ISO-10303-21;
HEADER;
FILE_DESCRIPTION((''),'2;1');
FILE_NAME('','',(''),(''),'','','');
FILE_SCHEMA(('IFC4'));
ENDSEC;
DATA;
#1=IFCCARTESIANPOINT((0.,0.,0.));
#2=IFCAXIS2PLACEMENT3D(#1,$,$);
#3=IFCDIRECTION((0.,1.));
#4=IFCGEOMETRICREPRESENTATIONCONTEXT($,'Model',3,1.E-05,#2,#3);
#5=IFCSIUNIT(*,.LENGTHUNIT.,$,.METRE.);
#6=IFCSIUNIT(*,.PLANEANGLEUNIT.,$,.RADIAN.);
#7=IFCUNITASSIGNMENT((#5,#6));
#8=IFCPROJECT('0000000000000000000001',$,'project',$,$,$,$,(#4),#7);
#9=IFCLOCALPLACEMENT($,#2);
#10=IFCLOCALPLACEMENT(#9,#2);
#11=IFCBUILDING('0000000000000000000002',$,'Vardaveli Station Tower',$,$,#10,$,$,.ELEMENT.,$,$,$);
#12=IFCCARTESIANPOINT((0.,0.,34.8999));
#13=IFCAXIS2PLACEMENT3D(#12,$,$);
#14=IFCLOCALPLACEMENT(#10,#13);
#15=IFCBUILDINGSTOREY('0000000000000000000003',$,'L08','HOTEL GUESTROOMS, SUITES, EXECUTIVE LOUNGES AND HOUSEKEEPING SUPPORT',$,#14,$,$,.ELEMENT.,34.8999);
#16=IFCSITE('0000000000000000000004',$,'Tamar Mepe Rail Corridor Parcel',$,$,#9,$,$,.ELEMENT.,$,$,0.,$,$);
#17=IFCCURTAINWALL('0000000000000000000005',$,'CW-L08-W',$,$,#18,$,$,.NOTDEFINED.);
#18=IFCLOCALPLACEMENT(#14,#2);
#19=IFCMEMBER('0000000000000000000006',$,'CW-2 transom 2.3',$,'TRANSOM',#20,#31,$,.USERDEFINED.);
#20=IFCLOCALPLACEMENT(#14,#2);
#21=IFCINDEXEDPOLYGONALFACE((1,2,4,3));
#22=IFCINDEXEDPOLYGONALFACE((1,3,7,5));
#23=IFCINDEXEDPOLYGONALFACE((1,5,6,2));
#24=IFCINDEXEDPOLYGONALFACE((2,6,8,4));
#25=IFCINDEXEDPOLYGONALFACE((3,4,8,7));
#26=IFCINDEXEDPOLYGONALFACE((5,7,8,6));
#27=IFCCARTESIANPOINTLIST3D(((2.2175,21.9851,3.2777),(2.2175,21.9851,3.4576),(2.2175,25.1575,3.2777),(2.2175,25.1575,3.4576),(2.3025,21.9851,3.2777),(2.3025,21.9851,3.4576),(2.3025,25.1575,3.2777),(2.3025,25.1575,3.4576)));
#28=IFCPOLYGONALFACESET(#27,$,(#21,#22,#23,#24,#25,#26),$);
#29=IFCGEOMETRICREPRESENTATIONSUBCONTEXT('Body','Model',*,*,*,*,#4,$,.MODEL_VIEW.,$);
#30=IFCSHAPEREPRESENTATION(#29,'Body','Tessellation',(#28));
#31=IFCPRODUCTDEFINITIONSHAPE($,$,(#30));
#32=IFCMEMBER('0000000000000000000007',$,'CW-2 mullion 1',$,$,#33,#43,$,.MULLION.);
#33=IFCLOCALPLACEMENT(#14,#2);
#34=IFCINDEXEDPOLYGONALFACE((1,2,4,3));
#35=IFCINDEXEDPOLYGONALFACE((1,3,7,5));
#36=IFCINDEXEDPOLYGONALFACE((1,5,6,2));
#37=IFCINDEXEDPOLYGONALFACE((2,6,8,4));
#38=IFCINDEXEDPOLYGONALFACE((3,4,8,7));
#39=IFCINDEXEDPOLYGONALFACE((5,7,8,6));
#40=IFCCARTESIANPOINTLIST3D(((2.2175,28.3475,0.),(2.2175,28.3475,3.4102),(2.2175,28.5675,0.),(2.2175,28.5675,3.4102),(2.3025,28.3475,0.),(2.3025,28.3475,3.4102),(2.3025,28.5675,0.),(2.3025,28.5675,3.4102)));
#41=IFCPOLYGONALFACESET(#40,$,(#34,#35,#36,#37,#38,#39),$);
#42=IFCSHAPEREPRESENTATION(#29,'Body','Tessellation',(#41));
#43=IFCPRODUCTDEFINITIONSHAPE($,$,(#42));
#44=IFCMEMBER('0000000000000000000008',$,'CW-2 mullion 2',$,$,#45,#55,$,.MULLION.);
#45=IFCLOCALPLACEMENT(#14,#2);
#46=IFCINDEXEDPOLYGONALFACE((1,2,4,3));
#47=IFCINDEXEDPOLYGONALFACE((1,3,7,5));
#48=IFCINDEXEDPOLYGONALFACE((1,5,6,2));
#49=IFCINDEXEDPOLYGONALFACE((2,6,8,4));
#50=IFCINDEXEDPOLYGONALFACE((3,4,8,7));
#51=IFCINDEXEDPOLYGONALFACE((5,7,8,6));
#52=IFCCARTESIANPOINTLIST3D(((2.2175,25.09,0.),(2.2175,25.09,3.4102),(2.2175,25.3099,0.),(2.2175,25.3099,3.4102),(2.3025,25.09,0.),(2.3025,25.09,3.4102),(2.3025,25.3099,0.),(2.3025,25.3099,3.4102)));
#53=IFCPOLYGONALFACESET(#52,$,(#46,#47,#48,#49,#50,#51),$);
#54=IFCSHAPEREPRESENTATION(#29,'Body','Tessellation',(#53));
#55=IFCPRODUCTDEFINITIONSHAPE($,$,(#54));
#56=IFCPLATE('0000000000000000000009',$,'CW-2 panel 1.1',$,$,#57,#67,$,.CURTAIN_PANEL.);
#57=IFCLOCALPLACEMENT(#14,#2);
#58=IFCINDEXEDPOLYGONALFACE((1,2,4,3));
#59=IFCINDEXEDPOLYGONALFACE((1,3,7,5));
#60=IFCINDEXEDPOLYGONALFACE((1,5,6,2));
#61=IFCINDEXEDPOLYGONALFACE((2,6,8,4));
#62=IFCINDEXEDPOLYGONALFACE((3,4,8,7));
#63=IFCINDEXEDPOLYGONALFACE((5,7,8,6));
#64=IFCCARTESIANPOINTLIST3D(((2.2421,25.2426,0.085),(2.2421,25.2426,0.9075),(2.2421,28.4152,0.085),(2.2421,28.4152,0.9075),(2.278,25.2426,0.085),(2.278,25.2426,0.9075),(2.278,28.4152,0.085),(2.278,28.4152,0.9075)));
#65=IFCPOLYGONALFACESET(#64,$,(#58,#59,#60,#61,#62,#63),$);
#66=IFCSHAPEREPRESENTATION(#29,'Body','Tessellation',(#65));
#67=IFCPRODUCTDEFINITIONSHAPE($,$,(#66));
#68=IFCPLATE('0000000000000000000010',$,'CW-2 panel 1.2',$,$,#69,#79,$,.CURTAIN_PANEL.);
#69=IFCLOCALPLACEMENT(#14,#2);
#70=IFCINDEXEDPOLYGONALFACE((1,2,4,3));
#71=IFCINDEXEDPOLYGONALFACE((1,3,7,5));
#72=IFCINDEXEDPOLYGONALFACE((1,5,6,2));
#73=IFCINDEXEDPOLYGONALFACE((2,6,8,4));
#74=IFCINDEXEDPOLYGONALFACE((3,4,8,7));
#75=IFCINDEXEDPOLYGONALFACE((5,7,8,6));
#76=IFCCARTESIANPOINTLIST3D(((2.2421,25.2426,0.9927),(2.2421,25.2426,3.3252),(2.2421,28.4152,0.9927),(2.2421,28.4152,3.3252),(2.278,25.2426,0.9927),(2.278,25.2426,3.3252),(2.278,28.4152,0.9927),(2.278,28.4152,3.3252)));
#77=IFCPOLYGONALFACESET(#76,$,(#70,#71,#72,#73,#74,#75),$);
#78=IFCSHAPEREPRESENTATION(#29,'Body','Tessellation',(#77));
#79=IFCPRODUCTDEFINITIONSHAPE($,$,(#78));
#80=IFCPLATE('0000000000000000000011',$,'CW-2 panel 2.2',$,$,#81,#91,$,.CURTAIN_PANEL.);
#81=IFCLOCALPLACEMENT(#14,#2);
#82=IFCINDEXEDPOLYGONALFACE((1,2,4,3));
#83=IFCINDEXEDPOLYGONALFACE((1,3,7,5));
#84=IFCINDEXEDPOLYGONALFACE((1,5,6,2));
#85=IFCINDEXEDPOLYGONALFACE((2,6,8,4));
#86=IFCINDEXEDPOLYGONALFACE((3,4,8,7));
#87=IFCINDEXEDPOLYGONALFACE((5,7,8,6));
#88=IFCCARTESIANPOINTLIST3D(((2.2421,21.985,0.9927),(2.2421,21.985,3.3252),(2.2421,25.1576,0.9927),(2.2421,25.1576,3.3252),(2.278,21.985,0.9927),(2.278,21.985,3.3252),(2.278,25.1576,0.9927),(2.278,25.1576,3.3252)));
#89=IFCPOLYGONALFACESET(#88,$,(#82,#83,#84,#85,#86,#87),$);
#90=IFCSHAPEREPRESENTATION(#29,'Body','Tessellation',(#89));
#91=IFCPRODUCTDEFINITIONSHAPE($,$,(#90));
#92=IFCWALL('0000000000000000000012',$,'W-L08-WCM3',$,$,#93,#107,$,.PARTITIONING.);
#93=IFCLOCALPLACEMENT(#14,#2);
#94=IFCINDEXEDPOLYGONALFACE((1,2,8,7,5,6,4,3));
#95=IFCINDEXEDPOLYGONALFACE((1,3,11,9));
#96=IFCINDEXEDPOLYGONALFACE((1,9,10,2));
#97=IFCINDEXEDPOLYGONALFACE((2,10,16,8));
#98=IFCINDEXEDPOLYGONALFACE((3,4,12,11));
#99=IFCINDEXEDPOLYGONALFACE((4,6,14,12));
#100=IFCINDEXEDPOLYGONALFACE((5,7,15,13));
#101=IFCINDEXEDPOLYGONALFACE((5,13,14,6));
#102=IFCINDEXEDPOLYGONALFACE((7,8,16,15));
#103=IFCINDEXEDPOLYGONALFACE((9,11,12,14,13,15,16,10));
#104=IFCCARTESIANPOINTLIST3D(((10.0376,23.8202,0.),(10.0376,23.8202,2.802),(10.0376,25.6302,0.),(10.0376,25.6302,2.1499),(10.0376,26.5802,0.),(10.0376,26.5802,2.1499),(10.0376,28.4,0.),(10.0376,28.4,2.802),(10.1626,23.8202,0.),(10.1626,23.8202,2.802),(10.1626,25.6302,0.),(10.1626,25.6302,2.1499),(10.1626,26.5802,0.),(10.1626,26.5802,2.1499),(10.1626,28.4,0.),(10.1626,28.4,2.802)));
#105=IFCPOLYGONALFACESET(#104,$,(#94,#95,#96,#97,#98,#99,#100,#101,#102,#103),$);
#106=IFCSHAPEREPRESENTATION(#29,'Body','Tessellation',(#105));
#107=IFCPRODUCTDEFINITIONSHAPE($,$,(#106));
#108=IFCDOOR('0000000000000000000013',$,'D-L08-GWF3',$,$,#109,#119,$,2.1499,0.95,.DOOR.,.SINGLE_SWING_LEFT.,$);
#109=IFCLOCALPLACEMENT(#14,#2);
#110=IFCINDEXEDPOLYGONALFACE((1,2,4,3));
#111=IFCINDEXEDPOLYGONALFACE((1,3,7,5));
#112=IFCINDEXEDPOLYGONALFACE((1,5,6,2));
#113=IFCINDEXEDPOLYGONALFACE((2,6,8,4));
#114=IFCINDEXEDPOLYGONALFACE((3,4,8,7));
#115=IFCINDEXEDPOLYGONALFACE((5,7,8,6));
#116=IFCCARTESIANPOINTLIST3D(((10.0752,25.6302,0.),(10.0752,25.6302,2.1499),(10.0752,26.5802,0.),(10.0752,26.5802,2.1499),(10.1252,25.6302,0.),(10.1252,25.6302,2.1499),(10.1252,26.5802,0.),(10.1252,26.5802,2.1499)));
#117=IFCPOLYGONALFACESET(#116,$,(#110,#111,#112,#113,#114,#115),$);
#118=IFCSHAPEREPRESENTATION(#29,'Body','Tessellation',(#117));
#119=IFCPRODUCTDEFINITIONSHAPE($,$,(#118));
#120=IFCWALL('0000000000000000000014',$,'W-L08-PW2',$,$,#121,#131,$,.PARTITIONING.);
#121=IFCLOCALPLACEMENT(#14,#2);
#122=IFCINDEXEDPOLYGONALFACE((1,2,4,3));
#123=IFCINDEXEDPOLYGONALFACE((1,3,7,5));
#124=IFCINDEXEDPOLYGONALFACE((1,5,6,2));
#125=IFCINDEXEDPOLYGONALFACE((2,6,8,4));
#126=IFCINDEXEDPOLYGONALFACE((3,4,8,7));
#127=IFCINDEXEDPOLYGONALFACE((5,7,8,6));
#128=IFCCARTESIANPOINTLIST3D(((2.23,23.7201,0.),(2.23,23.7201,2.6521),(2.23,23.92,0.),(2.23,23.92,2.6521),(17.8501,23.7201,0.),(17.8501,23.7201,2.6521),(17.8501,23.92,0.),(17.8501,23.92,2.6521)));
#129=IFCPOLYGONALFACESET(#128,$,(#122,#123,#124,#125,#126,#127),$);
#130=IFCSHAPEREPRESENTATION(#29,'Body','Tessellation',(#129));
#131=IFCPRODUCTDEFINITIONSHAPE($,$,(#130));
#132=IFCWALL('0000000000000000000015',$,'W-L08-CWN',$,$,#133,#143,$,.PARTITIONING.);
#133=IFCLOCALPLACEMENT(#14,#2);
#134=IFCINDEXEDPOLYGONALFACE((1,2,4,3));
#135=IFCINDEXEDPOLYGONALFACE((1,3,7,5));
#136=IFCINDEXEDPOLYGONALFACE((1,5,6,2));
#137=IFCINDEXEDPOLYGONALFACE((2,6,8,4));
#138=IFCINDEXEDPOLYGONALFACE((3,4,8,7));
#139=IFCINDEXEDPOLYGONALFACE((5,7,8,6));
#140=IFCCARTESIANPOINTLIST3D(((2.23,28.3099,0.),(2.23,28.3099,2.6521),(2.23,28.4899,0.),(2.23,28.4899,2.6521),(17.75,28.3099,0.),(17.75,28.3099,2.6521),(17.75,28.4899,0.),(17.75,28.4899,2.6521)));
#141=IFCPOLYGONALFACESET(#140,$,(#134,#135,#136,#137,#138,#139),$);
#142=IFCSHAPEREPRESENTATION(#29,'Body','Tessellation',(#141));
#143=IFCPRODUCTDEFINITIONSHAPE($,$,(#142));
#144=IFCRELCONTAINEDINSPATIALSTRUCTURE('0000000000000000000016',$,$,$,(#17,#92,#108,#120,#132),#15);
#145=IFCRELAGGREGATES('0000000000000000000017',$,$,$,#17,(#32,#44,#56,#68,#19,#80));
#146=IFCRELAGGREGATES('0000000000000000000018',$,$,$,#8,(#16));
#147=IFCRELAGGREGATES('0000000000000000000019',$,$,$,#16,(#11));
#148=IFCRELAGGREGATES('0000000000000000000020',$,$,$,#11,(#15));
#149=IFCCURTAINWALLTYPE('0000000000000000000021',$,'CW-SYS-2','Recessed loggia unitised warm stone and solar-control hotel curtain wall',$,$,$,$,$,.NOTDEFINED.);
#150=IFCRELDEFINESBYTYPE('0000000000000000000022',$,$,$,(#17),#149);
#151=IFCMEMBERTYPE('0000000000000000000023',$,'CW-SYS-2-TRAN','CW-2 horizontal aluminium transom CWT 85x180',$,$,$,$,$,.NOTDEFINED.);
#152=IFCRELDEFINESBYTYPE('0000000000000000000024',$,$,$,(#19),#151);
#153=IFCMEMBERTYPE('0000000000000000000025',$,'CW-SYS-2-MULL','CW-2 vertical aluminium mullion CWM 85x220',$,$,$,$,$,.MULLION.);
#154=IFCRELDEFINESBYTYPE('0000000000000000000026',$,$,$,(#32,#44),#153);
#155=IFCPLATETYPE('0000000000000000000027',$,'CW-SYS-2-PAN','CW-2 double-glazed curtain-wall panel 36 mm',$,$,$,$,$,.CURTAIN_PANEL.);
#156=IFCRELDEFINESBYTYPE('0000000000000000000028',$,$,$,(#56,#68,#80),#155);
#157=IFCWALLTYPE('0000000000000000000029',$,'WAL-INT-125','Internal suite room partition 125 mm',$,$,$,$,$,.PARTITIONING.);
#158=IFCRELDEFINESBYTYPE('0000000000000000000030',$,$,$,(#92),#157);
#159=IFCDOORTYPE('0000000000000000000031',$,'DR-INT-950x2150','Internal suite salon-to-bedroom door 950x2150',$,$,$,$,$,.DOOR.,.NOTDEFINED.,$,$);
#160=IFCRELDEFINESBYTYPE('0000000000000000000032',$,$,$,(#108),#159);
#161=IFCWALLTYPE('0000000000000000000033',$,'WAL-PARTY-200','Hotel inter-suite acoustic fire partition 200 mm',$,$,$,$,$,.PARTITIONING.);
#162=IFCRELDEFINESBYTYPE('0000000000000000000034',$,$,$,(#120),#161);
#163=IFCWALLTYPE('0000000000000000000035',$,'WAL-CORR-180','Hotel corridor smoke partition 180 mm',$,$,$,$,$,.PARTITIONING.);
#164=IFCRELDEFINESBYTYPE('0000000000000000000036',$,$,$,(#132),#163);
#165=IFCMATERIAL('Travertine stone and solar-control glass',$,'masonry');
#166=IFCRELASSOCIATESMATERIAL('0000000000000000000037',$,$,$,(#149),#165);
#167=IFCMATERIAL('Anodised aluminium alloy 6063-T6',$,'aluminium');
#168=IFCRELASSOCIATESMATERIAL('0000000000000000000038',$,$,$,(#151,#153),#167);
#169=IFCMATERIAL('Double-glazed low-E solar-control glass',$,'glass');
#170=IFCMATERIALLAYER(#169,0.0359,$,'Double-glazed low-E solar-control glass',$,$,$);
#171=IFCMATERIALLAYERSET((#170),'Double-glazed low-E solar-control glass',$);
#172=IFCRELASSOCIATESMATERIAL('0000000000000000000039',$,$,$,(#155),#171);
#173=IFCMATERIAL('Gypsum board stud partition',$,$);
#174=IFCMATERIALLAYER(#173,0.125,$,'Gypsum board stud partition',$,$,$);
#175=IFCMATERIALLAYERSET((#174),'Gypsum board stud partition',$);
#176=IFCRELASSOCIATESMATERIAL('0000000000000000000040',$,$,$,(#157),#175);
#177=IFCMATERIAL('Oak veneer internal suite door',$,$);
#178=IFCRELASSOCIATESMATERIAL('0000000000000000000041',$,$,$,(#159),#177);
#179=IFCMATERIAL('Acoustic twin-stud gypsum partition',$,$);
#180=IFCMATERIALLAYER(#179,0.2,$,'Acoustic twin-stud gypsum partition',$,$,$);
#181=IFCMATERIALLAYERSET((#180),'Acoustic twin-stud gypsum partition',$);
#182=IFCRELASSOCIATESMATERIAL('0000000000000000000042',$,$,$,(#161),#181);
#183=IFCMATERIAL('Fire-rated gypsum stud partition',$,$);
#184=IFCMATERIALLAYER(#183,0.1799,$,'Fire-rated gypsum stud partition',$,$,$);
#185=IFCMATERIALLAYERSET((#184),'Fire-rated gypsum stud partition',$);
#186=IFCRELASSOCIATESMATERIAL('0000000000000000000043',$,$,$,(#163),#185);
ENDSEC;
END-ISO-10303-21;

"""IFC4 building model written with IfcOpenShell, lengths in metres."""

from ifc_helpers import new_model, si_unit, direction, frame, frame_2d, origin, origin_2d, place, context, subcontext, project, spatial, rectangle, extrude, source, transform, mapped, material, layer, layer_set, material_profile, profile_set, type_object, element, fill, aggregate, save


model = new_model("IFC4")

# Units and contexts
model_context = context("Model", 3, precision=1e-05, world=origin(), true_north=direction((0.0, 1.0)))
body_context = subcontext(model_context, "Body", "Model", "MODEL_VIEW")
ifc_project = project(units=[si_unit("LENGTHUNIT", "METRE"), si_unit("PLANEANGLEUNIT", "RADIAN")], contexts=[model_context])

# Site, building, storey
site_placement = place(None, origin())
site = spatial("IfcSite", under=ifc_project, at=site_placement, Name="Tamar Mepe Rail Corridor Parcel", CompositionType="ELEMENT", RefElevation=0.0)
building_placement = place(site_placement, origin())
building = spatial("IfcBuilding", under=site, at=building_placement, Name="Vardaveli Station Tower", CompositionType="ELEMENT")
storey_placement = place(building_placement, frame((0.0, 0.0, 34.8999)))
storey = spatial("IfcBuildingStorey", under=building, at=storey_placement, Name="L08", Description="HOTEL GUESTROOMS, SUITES, EXECUTIVE LOUNGES AND HOUSEKEEPING SUPPORT", CompositionType="ELEMENT", Elevation=34.8999)

# Curtain wall, members, plates
ifc_material_1 = material(Name="Travertine stone and solar-control glass", Category="masonry")
curtain_wall_type = type_object("IfcCurtainWallType", Name="CW-SYS-2", Description="Recessed loggia unitised warm stone and solar-control hotel curtain wall", PredefinedType="NOTDEFINED", material=ifc_material_1)
curtain_wall_placement = place(storey_placement, origin())
curtain_wall = element("IfcCurtainWall", 1, at=curtain_wall_placement, inside=storey, type_object=curtain_wall_type, Name="CW-L08-W", PredefinedType="NOTDEFINED")
ifc_material_2 = material(Name="Anodised aluminium alloy 6063-T6", Category="aluminium")
ifc_material_profile_1 = material_profile(ifc_material_2, rectangle(XDim=0.085, YDim=0.1799, at=origin_2d()), Name="CWT 85x180")
ifc_profile_set_1 = profile_set([ifc_material_profile_1], Name="Anodised aluminium alloy 6063-T6")
member_type_1 = type_object("IfcMemberType", Name="CW-SYS-2-TRAN", Description="CW-2 horizontal aluminium transom CWT 85x180", PredefinedType="NOTDEFINED", material=ifc_profile_set_1)
shared_shape_1 = source(origin(), body_context, "Body", "SweptSolid", [
    extrude(rectangle(XDim=0.085, YDim=0.1799, at=origin_2d()), origin(), (0.0, 0.0, 1.0), 3.1724),
])
member_1_placement = place(storey_placement, frame((2.26, 25.1575, 3.3677), z_axis=(0.0, -1.0, 0.0), x_axis=(1.0, 0.0, 0.0)))
member_1 = element("IfcMember", 2, at=member_1_placement, type_object=member_type_1, Name="CW-2 transom 2.3", ObjectType="TRANSOM", PredefinedType="USERDEFINED", context=body_context, shape_type="MappedRepresentation", body=[
    mapped(shared_shape_1, transform((0.0, 0.0, 0.0), scale=1.0)),
])
ifc_material_profile_2 = material_profile(ifc_material_2, rectangle(XDim=0.085, YDim=0.22, at=origin_2d()), Name="CWM 85x220")
ifc_profile_set_2 = profile_set([ifc_material_profile_2], Name="Anodised aluminium alloy 6063-T6")
member_type_2 = type_object("IfcMemberType", Name="CW-SYS-2-MULL", Description="CW-2 vertical aluminium mullion CWM 85x220", PredefinedType="MULLION", material=ifc_profile_set_2)
shared_shape_2 = source(origin(), body_context, "Body", "SweptSolid", [
    extrude(rectangle(XDim=0.085, YDim=0.22, at=origin_2d()), origin(), (0.0, 0.0, 1.0), 3.4102),
])
member_2_placement = place(storey_placement, frame((2.26, 28.4575, 0.0), z_axis=(0.0, 0.0, 1.0), x_axis=(1.0, 0.0, 0.0)))
member_2 = element("IfcMember", 3, at=member_2_placement, type_object=member_type_2, Name="CW-2 mullion 1", PredefinedType="MULLION", context=body_context, shape_type="MappedRepresentation", body=[
    mapped(shared_shape_2, transform((0.0, 0.0, 0.0), scale=1.0)),
])
member_3_placement = place(storey_placement, frame((2.26, 25.2, 0.0), z_axis=(0.0, 0.0, 1.0), x_axis=(1.0, 0.0, 0.0)))
member_3 = element("IfcMember", 4, at=member_3_placement, type_object=member_type_2, Name="CW-2 mullion 2", PredefinedType="MULLION", context=body_context, shape_type="MappedRepresentation", body=[
    mapped(shared_shape_2, transform((0.0, 0.0, 0.0), scale=1.0)),
])
ifc_material_3 = material(Name="Double-glazed low-E solar-control glass", Category="glass")
ifc_layer_1 = layer(ifc_material_3, 0.0359, Name="Double-glazed low-E solar-control glass")
ifc_layer_set_1 = layer_set([ifc_layer_1], Name="Double-glazed low-E solar-control glass")
plate_type = type_object("IfcPlateType", Name="CW-SYS-2-PAN", Description="CW-2 double-glazed curtain-wall panel 36 mm", PredefinedType="CURTAIN_PANEL", material=ifc_layer_set_1)
shared_shape_3 = source(origin(), body_context, "Body", "SweptSolid", [
    extrude(rectangle(XDim=3.1726, YDim=0.0359, at=origin_2d()), origin(), (0.0, 0.0, 1.0), 0.8225),
])
plate_1_placement = place(storey_placement, frame((2.26, 26.8289, 0.085), z_axis=(0.0, 0.0, 1.0), x_axis=(0.0, -1.0, 0.0)))
plate_1 = element("IfcPlate", 5, at=plate_1_placement, type_object=plate_type, Name="CW-2 panel 1.1", PredefinedType="CURTAIN_PANEL", context=body_context, shape_type="MappedRepresentation", body=[
    mapped(shared_shape_3, transform((0.0, 0.0, 0.0), scale=1.0)),
])
shared_shape_4 = source(origin(), body_context, "Body", "SweptSolid", [
    extrude(rectangle(XDim=3.1726, YDim=0.0359, at=origin_2d()), origin(), (0.0, 0.0, 1.0), 2.3325),
])
plate_2_placement = place(storey_placement, frame((2.26, 26.8289, 0.9927), z_axis=(0.0, 0.0, 1.0), x_axis=(0.0, -1.0, 0.0)))
plate_2 = element("IfcPlate", 6, at=plate_2_placement, type_object=plate_type, Name="CW-2 panel 1.2", PredefinedType="CURTAIN_PANEL", context=body_context, shape_type="MappedRepresentation", body=[
    mapped(shared_shape_4, transform((0.0, 0.0, 0.0), scale=1.0)),
])
plate_3_placement = place(storey_placement, frame((2.26, 23.5713, 0.9927), z_axis=(0.0, 0.0, 1.0), x_axis=(0.0, -1.0, 0.0)))
plate_3 = element("IfcPlate", 7, at=plate_3_placement, type_object=plate_type, Name="CW-2 panel 2.2", PredefinedType="CURTAIN_PANEL", context=body_context, shape_type="MappedRepresentation", body=[
    mapped(shared_shape_4, transform((0.0, 0.0, 0.0), scale=1.0)),
])
aggregate(curtain_wall, [member_2, member_3, plate_1, plate_2, member_1, plate_3])

# Wall, opening, door
ifc_material_4 = material(Name="Gypsum board stud partition")
ifc_layer_2 = layer(ifc_material_4, 0.125, Name="Gypsum board stud partition")
ifc_layer_set_2 = layer_set([ifc_layer_2], Name="Gypsum board stud partition")
wall_type_1 = type_object("IfcWallType", Name="WAL-INT-125", Description="Internal suite room partition 125 mm", PredefinedType="PARTITIONING", material=ifc_layer_set_2)
shared_shape_5 = source(origin(), body_context, "Body", "SweptSolid", [
    extrude(rectangle(XDim=4.5798, YDim=0.125, at=frame_2d((2.29, 0.0))), origin(), (0.0, 0.0, 1.0), 2.802),
])
wall_1_placement = place(storey_placement, frame((10.1001, 23.8201, 0.0), z_axis=(0.0, 0.0, 1.0), x_axis=(0.0, 1.0, 0.0)))
wall_1 = element("IfcWall", 8, at=wall_1_placement, inside=storey, type_object=wall_type_1, Name="W-L08-WCM3", PredefinedType="PARTITIONING", context=body_context, shape_type="MappedRepresentation", body=[
    mapped(shared_shape_5, transform((0.0, 0.0, 0.0), scale=1.0)),
])
shared_shape_6 = source(origin(), body_context, "Body", "SweptSolid", [
    extrude(rectangle(XDim=0.95, YDim=2.1499, at=frame_2d((0.4751, 1.075))), frame((0.0, 0.0725, 0.0), z_axis=(0.0, -1.0, 0.0), x_axis=(1.0, 0.0, 0.0)), (0.0, 0.0, 1.0), 0.145),
])
opening_1_placement = place(wall_1_placement, frame((1.8101, 0.0, 0.0)))
opening_1 = element("IfcOpeningElement", 9, at=opening_1_placement, cuts=wall_1, PredefinedType="OPENING", context=body_context, shape_type="MappedRepresentation", body=[
    mapped(shared_shape_6, transform((0.0, 0.0, 0.0), scale=1.0)),
])
ifc_material_5 = material(Name="Oak veneer internal suite door")
door_type_1 = type_object("IfcDoorType", Name="DR-INT-950x2150", Description="Internal suite salon-to-bedroom door 950x2150", OperationType="NOTDEFINED", PredefinedType="DOOR", material=ifc_material_5)
shared_shape_7 = source(origin(), body_context, "Body", "SweptSolid", [
    extrude(rectangle(XDim=0.95, YDim=2.1499, at=frame_2d((0.4751, 1.075))), frame((0.0, 0.0249, 0.0), z_axis=(0.0, -1.0, 0.0), x_axis=(1.0, 0.0, 0.0)), (0.0, 0.0, 1.0), 0.05),
])
door_1_placement = place(opening_1_placement, origin())
door_1 = element("IfcDoor", 10, at=door_1_placement, inside=storey, type_object=door_type_1, Name="D-L08-GWF3", OperationType="SINGLE_SWING_LEFT", OverallHeight=2.1499, OverallWidth=0.95, PredefinedType="DOOR", context=body_context, shape_type="MappedRepresentation", body=[
    mapped(shared_shape_7, transform((0.0, 0.0, 0.0), scale=1.0)),
])
fill(opening_1, door_1)

# Walls
ifc_material_6 = material(Name="Acoustic twin-stud gypsum partition")
ifc_layer_3 = layer(ifc_material_6, 0.2, Name="Acoustic twin-stud gypsum partition")
ifc_layer_set_3 = layer_set([ifc_layer_3], Name="Acoustic twin-stud gypsum partition")
wall_type_2 = type_object("IfcWallType", Name="WAL-PARTY-200", Description="Hotel inter-suite acoustic fire partition 200 mm", PredefinedType="PARTITIONING", material=ifc_layer_set_3)
shared_shape_8 = source(origin(), body_context, "Body", "SweptSolid", [
    extrude(rectangle(XDim=15.6201, YDim=0.2, at=frame_2d((7.8101, 0.0))), origin(), (0.0, 0.0, 1.0), 2.6521),
])
wall_2_placement = place(storey_placement, frame((2.23, 23.8201, 0.0), z_axis=(0.0, 0.0, 1.0), x_axis=(1.0, 0.0, 0.0)))
element("IfcWall", 11, at=wall_2_placement, inside=storey, type_object=wall_type_2, Name="W-L08-PW2", PredefinedType="PARTITIONING", context=body_context, shape_type="MappedRepresentation", body=[
    mapped(shared_shape_8, transform((0.0, 0.0, 0.0), scale=1.0)),
])
ifc_material_7 = material(Name="Fire-rated gypsum stud partition")
ifc_layer_4 = layer(ifc_material_7, 0.1799, Name="Fire-rated gypsum stud partition")
ifc_layer_set_4 = layer_set([ifc_layer_4], Name="Fire-rated gypsum stud partition")
wall_type_3 = type_object("IfcWallType", Name="WAL-CORR-180", Description="Hotel corridor smoke partition 180 mm", PredefinedType="PARTITIONING", material=ifc_layer_set_4)
shared_shape_9 = source(origin(), body_context, "Body", "SweptSolid", [
    extrude(rectangle(XDim=15.52, YDim=0.1799, at=frame_2d((7.76, 0.0))), origin(), (0.0, 0.0, 1.0), 2.6521),
])
wall_3_placement = place(storey_placement, frame((2.23, 28.3999, 0.0), z_axis=(0.0, 0.0, 1.0), x_axis=(1.0, 0.0, 0.0)))
element("IfcWall", 12, at=wall_3_placement, inside=storey, type_object=wall_type_3, Name="W-L08-CWN", PredefinedType="PARTITIONING", context=body_context, shape_type="MappedRepresentation", body=[
    mapped(shared_shape_9, transform((0.0, 0.0, 0.0), scale=1.0)),
])

save(model, "model.ifc")
